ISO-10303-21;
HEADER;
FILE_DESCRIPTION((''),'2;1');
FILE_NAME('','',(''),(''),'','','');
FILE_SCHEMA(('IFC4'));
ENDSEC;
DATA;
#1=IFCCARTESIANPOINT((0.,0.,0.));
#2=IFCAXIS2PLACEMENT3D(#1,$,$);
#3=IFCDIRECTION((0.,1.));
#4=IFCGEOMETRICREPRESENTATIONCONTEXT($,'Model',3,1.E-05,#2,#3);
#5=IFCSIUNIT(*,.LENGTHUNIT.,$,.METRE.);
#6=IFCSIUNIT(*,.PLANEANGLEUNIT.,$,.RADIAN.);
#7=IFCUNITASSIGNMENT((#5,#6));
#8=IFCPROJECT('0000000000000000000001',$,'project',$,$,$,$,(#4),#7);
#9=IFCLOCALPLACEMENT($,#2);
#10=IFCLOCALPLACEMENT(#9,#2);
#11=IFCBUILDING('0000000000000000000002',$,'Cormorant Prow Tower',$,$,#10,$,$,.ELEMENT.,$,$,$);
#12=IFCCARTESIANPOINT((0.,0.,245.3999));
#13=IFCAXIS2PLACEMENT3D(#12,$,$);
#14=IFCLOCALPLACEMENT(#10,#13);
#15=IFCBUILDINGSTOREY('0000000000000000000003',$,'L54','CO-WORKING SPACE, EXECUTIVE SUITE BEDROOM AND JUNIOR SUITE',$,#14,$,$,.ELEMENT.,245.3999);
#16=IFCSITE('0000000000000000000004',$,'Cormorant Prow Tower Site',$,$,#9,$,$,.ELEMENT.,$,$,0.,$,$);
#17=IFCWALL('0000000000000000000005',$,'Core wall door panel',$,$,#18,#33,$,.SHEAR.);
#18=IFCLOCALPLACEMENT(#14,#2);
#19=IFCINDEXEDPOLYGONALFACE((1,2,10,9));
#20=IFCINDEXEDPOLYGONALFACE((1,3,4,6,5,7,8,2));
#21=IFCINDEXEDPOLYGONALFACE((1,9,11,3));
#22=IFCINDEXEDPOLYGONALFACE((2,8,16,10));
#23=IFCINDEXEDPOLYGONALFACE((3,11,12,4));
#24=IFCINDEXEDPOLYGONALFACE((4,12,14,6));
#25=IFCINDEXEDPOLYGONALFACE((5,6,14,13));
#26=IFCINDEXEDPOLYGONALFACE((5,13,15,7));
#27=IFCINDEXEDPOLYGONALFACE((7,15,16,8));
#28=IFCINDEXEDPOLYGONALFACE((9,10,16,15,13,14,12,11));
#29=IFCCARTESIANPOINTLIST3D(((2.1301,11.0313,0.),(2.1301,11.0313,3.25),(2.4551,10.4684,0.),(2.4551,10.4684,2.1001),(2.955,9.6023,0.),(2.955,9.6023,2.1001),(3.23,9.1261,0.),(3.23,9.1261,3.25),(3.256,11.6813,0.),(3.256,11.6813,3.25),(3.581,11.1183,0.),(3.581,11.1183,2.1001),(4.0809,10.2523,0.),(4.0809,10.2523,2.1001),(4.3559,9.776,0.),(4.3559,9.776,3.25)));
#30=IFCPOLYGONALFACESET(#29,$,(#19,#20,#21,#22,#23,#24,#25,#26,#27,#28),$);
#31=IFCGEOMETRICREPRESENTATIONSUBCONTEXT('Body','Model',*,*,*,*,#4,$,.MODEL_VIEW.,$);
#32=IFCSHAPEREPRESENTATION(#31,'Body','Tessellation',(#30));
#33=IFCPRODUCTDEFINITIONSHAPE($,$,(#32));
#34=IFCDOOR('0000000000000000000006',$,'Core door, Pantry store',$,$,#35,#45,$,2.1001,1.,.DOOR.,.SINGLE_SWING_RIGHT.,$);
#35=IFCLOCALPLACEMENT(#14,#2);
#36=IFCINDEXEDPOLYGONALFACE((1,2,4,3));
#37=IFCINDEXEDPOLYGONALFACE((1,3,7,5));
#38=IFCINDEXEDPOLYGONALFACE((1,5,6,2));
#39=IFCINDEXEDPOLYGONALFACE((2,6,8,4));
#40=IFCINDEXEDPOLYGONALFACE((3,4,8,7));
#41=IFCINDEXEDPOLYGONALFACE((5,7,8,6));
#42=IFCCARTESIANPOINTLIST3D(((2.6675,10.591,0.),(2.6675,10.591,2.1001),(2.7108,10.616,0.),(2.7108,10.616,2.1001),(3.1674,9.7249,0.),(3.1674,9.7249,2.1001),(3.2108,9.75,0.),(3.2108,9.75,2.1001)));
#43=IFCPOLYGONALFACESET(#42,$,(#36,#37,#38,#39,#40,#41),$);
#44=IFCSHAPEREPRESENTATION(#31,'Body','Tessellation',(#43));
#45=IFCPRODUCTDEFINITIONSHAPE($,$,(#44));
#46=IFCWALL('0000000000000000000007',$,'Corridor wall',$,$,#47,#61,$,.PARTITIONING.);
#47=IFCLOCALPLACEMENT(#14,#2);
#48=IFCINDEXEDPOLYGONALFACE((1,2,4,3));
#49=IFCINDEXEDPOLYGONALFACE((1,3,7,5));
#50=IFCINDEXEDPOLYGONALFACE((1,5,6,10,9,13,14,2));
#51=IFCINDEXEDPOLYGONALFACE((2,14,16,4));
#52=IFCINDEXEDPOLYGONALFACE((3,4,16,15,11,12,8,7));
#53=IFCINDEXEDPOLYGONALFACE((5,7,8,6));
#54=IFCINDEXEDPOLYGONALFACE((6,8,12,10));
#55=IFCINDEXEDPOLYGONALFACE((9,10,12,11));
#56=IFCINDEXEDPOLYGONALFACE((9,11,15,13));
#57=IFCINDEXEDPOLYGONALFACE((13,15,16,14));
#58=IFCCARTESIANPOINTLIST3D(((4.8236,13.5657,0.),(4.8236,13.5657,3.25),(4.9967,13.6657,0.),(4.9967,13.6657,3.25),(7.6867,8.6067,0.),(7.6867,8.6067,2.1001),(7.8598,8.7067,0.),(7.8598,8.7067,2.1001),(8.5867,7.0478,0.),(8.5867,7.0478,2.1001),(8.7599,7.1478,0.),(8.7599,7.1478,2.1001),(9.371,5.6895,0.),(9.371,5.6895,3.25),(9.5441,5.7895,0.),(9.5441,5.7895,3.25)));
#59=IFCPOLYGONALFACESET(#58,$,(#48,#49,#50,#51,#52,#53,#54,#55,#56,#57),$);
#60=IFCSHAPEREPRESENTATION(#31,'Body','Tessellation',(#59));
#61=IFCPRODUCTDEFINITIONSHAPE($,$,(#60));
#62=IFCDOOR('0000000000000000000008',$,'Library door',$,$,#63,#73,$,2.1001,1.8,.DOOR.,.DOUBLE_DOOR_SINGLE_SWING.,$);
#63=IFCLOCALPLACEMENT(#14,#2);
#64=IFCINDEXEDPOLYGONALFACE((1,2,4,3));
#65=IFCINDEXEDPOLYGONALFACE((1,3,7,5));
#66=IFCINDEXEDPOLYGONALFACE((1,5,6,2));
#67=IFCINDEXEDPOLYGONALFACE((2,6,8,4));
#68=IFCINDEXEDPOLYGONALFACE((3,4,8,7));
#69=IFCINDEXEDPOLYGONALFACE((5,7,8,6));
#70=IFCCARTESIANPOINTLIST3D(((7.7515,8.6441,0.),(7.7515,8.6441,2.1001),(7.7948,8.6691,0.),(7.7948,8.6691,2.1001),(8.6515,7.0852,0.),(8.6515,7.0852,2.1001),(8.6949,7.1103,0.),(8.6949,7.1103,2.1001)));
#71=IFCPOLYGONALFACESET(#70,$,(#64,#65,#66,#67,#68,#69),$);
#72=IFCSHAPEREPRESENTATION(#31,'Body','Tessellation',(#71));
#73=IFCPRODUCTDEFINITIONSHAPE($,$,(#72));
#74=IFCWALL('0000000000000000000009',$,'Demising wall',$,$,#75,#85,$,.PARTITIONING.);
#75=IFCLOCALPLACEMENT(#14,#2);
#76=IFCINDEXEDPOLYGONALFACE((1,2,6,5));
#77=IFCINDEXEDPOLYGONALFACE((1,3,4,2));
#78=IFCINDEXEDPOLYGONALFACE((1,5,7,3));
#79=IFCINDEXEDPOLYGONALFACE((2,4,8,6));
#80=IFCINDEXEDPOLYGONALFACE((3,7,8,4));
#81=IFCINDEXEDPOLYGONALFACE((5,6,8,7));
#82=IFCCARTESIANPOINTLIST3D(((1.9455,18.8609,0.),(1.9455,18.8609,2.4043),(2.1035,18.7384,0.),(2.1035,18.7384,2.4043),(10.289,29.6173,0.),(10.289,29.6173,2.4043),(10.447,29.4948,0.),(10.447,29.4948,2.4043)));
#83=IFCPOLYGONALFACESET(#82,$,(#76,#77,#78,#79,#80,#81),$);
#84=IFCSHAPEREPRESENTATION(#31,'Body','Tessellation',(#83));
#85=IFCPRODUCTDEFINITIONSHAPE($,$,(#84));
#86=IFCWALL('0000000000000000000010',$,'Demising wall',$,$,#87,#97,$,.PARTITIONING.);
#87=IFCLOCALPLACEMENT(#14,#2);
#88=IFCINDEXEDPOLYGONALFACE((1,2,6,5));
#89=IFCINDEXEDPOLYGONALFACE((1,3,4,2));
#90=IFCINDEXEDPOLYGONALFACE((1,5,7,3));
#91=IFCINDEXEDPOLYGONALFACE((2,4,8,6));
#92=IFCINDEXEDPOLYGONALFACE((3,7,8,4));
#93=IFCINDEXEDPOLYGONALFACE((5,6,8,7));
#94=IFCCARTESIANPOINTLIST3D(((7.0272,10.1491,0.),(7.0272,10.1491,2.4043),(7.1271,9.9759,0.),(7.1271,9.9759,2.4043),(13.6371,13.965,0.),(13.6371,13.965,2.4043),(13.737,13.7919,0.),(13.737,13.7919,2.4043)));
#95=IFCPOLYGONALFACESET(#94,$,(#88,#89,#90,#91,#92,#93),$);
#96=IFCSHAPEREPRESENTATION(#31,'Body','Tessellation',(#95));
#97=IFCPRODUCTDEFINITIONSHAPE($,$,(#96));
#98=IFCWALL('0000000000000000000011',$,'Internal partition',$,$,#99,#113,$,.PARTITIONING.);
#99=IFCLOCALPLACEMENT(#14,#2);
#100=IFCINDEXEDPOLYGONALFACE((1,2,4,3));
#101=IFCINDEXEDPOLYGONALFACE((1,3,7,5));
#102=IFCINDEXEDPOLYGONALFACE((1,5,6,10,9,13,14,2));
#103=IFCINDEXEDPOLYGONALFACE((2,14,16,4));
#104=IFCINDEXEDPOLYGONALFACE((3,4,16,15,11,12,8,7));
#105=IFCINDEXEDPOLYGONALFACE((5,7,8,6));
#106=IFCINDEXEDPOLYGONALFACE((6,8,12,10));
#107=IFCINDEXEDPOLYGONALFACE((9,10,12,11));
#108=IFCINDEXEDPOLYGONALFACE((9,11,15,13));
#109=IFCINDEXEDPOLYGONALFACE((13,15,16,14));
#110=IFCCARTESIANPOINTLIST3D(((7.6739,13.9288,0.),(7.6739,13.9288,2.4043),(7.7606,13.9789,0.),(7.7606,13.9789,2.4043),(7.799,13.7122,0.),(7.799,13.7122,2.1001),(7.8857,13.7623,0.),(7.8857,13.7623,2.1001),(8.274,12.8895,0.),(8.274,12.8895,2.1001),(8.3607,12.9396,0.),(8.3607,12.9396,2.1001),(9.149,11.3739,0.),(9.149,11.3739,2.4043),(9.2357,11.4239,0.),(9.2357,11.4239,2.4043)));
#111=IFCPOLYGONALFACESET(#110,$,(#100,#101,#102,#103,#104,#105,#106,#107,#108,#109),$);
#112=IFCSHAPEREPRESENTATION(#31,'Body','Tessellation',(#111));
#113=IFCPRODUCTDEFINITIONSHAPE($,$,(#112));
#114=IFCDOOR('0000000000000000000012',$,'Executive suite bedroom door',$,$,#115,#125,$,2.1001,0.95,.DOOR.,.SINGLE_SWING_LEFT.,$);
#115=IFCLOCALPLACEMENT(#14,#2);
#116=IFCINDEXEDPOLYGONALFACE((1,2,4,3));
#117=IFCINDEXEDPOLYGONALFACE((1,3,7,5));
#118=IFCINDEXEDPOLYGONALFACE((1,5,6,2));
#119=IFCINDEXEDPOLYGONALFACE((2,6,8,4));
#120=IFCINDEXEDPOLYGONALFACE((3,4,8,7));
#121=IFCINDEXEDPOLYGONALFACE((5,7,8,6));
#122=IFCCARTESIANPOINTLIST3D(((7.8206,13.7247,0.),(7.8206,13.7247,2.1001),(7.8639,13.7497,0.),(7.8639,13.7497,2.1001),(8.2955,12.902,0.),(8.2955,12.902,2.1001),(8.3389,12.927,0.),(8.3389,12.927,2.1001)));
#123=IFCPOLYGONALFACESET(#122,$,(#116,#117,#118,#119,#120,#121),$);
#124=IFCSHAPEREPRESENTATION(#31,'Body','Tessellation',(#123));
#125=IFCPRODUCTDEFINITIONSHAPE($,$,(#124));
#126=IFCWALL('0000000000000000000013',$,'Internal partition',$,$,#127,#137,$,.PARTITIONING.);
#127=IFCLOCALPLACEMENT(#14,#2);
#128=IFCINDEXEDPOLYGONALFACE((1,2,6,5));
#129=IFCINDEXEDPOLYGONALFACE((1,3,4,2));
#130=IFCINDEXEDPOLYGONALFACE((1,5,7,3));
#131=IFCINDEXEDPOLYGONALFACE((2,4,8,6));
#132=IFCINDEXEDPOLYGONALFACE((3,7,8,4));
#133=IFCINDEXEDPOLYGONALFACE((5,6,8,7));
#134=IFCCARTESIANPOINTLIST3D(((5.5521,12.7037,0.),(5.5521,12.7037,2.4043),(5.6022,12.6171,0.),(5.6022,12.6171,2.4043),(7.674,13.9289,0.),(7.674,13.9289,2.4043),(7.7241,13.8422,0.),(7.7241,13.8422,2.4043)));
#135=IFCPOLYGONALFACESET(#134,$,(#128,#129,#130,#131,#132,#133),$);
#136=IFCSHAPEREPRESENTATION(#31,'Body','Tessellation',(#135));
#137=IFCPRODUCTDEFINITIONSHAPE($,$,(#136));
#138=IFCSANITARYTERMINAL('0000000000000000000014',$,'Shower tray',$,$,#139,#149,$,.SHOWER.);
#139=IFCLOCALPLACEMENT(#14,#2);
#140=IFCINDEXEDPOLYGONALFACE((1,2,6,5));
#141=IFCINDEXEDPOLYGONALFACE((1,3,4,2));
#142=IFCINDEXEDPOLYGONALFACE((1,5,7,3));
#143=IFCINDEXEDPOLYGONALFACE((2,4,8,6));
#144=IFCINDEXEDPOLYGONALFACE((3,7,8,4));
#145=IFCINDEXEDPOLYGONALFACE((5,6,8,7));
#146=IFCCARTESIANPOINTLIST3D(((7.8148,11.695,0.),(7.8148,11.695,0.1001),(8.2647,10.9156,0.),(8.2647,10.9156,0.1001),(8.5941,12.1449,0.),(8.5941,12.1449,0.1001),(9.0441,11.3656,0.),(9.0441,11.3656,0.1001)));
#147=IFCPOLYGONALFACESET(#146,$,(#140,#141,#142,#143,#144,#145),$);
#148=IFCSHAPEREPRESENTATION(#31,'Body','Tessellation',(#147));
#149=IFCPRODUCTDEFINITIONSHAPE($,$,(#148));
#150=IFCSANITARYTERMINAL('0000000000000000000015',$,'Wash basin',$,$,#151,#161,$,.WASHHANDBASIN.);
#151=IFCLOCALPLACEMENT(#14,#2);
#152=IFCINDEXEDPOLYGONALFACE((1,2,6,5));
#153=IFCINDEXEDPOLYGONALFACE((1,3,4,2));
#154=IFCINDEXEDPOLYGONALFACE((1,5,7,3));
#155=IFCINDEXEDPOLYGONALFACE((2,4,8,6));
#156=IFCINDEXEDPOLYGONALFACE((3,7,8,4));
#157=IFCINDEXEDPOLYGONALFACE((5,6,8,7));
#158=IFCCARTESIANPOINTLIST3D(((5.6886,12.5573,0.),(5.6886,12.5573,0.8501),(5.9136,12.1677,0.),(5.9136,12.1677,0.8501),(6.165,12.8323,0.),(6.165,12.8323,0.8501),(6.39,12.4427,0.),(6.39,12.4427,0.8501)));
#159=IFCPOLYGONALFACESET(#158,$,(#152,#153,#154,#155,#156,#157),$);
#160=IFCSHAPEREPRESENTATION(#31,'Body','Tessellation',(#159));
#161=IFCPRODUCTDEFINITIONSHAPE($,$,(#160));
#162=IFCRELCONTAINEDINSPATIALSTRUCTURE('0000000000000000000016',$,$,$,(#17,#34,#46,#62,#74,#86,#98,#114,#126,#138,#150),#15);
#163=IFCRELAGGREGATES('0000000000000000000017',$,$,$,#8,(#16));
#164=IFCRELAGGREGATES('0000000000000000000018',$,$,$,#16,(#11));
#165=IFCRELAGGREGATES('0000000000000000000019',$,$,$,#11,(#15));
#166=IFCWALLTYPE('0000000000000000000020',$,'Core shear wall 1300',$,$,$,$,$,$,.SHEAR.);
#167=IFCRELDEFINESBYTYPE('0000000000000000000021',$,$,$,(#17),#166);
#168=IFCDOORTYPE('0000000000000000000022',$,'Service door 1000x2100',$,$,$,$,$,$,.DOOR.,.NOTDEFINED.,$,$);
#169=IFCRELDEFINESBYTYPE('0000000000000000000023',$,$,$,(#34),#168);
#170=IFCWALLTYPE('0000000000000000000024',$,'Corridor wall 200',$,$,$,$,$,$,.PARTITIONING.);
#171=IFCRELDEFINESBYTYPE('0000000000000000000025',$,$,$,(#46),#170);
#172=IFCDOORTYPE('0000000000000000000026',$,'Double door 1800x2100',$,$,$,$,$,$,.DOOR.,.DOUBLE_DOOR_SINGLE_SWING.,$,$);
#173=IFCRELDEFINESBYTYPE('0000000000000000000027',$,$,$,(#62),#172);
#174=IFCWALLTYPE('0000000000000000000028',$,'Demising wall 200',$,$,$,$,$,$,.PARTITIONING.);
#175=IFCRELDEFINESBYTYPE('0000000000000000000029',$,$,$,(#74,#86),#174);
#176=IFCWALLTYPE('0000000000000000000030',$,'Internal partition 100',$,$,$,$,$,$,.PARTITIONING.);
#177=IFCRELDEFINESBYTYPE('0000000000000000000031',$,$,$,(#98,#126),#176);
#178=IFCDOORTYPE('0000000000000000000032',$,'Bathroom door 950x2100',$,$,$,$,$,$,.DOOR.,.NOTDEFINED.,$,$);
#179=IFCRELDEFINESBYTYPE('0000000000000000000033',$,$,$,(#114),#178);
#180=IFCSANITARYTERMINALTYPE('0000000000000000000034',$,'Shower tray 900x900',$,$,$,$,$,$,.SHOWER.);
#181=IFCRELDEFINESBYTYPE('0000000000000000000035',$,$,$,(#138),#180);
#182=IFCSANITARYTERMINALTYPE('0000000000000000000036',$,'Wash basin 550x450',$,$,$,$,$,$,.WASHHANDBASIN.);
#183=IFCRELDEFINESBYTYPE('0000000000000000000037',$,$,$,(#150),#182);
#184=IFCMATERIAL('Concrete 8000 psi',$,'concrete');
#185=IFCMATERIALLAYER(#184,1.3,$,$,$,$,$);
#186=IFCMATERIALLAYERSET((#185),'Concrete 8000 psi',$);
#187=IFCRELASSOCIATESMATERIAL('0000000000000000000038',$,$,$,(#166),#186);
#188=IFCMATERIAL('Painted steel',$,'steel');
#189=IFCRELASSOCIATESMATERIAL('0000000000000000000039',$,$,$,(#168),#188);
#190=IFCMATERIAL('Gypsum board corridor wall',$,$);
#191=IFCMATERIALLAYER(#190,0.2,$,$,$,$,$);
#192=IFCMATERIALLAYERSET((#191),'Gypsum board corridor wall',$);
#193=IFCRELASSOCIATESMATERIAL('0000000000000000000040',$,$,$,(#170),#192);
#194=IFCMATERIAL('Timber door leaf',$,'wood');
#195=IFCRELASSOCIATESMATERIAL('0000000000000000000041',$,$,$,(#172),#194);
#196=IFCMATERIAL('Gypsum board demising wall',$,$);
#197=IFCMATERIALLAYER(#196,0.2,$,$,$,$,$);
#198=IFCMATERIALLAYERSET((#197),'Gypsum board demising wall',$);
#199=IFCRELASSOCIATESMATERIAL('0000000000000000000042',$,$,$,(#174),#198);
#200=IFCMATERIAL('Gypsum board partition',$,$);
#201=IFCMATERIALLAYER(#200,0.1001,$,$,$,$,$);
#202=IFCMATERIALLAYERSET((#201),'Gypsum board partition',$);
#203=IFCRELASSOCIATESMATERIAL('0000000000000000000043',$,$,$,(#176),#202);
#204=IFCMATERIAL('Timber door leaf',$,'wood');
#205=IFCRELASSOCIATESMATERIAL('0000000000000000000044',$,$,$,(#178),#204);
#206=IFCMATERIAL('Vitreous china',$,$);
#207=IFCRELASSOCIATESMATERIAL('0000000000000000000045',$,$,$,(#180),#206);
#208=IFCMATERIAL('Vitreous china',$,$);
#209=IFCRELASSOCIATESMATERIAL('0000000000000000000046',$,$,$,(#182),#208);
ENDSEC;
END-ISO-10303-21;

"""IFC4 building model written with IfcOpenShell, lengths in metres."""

from ifc_helpers import new_model, si_unit, direction, frame, frame_2d, origin, origin_2d, place, context, subcontext, project, spatial, rectangle, extrude, material, layer, layer_set, type_object, element, fill, save


model = new_model("IFC4")

# Units and contexts
model_context = context("Model", 3, precision=1e-05, world=origin(), true_north=direction((0.0, 1.0)))
body_context = subcontext(model_context, "Body", "Model", "MODEL_VIEW")
ifc_project = project(units=[si_unit("LENGTHUNIT", "METRE"), si_unit("PLANEANGLEUNIT", "RADIAN")], contexts=[model_context])

# Site, building, storey
site_placement = place(None, origin())
site = spatial("IfcSite", under=ifc_project, at=site_placement, Name="Cormorant Prow Tower Site", CompositionType="ELEMENT", RefElevation=0.0)
building_placement = place(site_placement, origin())
building = spatial("IfcBuilding", under=site, at=building_placement, Name="Cormorant Prow Tower", CompositionType="ELEMENT")
storey_placement = place(building_placement, frame((0.0, 0.0, 245.3999)))
storey = spatial("IfcBuildingStorey", under=building, at=storey_placement, Name="L54", Description="CO-WORKING SPACE, EXECUTIVE SUITE BEDROOM AND JUNIOR SUITE", CompositionType="ELEMENT", Elevation=245.3999)

# Shared definitions
ifc_material_1 = material(Name="Concrete 8000 psi", Category="concrete")
ifc_layer_1 = layer(ifc_material_1, 1.3)
ifc_layer_set_1 = layer_set([ifc_layer_1], Name="Concrete 8000 psi")
wall_type_1 = type_object("IfcWallType", Name="Core shear wall 1300", PredefinedType="SHEAR", material=ifc_layer_set_1)

# Walls, openings, doors
wall_1_placement = place(storey_placement, frame((3.793, 9.4509, 0.0), z_axis=(0.0, 0.0, 1.0), x_axis=(-0.499947, 0.866056, 0.0)))
wall_1 = element("IfcWall", 1, at=wall_1_placement, inside=storey, type_object=wall_type_1, Name="Core wall door panel", PredefinedType="SHEAR", context=body_context, shape_type="SweptSolid", body=[
    extrude(rectangle(XDim=2.2, YDim=1.3, at=frame_2d((1.1001, 0.0))), origin(), (0.0, 0.0, 1.0), 3.25),
])
opening_1_placement = place(wall_1_placement, frame((0.55, 0.0, 0.0)))
opening_1 = element("IfcOpeningElement", 2, at=opening_1_placement, cuts=wall_1, PredefinedType="OPENING", context=body_context, shape_type="SweptSolid", body=[
    extrude(rectangle(XDim=1.0, YDim=2.1001, at=frame_2d((0.5, 1.05))), frame((0.0, 0.6599, 0.0), z_axis=(0.0, -1.0, 0.0), x_axis=(1.0, 0.0, 0.0)), (0.0, 0.0, 1.0), 1.3201),
])
ifc_material_2 = material(Name="Painted steel", Category="steel")
door_type_1 = type_object("IfcDoorType", Name="Service door 1000x2100", OperationType="NOTDEFINED", PredefinedType="DOOR", material=ifc_material_2)
door_1_placement = place(opening_1_placement, origin())
door_1 = element("IfcDoor", 3, at=door_1_placement, inside=storey, type_object=door_type_1, Name="Core door, Pantry store", OperationType="SINGLE_SWING_RIGHT", OverallHeight=2.1001, OverallWidth=1.0, PredefinedType="DOOR", context=body_context, shape_type="SweptSolid", body=[
    extrude(rectangle(XDim=1.0, YDim=2.1001, at=frame_2d((0.5, 1.05))), frame((0.0, 0.4048, 0.0), z_axis=(0.0, -1.0, 0.0), x_axis=(1.0, 0.0, 0.0)), (0.0, 0.0, 1.0), 0.05),
])
fill(opening_1, door_1)
ifc_material_3 = material(Name="Gypsum board corridor wall")
ifc_layer_2 = layer(ifc_material_3, 0.2)
ifc_layer_set_2 = layer_set([ifc_layer_2], Name="Gypsum board corridor wall")
wall_type_2 = type_object("IfcWallType", Name="Corridor wall 200", PredefinedType="PARTITIONING", material=ifc_layer_set_2)
wall_2_placement = place(storey_placement, frame((4.9102, 13.6157, 0.0), z_axis=(0.0, 0.0, 1.0), x_axis=(0.500002, -0.866024, 0.0)))
wall_2 = element("IfcWall", 4, at=wall_2_placement, inside=storey, type_object=wall_type_2, Name="Corridor wall", PredefinedType="PARTITIONING", context=body_context, shape_type="SweptSolid", body=[
    extrude(rectangle(XDim=9.0947, YDim=0.2, at=frame_2d((4.5474, 0.0))), origin(), (0.0, 0.0, 1.0), 3.25),
])
opening_2_placement = place(wall_2_placement, frame((5.7263, 0.0, 0.0)))
opening_2 = element("IfcOpeningElement", 5, at=opening_2_placement, cuts=wall_2, PredefinedType="OPENING", context=body_context, shape_type="SweptSolid", body=[
    extrude(rectangle(XDim=1.8, YDim=2.1001, at=frame_2d((0.8999, 1.05))), frame((0.0, 0.1099, 0.0), z_axis=(0.0, -1.0, 0.0), x_axis=(1.0, 0.0, 0.0)), (0.0, 0.0, 1.0), 0.22),
])
ifc_material_4 = material(Name="Timber door leaf", Category="wood")
door_type_2 = type_object("IfcDoorType", Name="Double door 1800x2100", OperationType="DOUBLE_DOOR_SINGLE_SWING", PredefinedType="DOOR", material=ifc_material_4)
door_2_placement = place(opening_2_placement, origin())
door_2 = element("IfcDoor", 6, at=door_2_placement, inside=storey, type_object=door_type_2, Name="Library door", OperationType="DOUBLE_DOOR_SINGLE_SWING", OverallHeight=2.1001, OverallWidth=1.8, PredefinedType="DOOR", context=body_context, shape_type="SweptSolid", body=[
    extrude(rectangle(XDim=1.8, YDim=2.1001, at=frame_2d((0.8999, 1.05))), frame((0.0, 0.0249, 0.0), z_axis=(0.0, -1.0, 0.0), x_axis=(1.0, 0.0, 0.0)), (0.0, 0.0, 1.0), 0.05),
])
fill(opening_2, door_2)

# Walls
ifc_material_5 = material(Name="Gypsum board demising wall")
ifc_layer_3 = layer(ifc_material_5, 0.2)
ifc_layer_set_3 = layer_set([ifc_layer_3], Name="Gypsum board demising wall")
wall_type_3 = type_object("IfcWallType", Name="Demising wall 200", PredefinedType="PARTITIONING", material=ifc_layer_set_3)
wall_3_placement = place(storey_placement, frame((2.0244, 18.7996, 0.0), z_axis=(0.0, 0.0, 1.0), x_axis=(0.612908, 0.790154, 0.0)))
element("IfcWall", 7, at=wall_3_placement, inside=storey, type_object=wall_type_3, Name="Demising wall", PredefinedType="PARTITIONING", context=body_context, shape_type="SweptSolid", body=[
    extrude(rectangle(XDim=13.613, YDim=0.2, at=frame_2d((6.8066, 0.0))), origin(), (0.0, 0.0, 1.0), 2.4043),
])
wall_4_placement = place(storey_placement, frame((7.0771, 10.0625, 0.0), z_axis=(0.0, 0.0, 1.0), x_axis=(0.866042, 0.499972, 0.0)))
element("IfcWall", 8, at=wall_4_placement, inside=storey, type_object=wall_type_3, Name="Demising wall", PredefinedType="PARTITIONING", context=body_context, shape_type="SweptSolid", body=[
    extrude(rectangle(XDim=7.6323, YDim=0.2, at=frame_2d((3.8162, 0.0))), origin(), (0.0, 0.0, 1.0), 2.4043),
])

# Wall, opening, door
ifc_material_6 = material(Name="Gypsum board partition")
ifc_layer_4 = layer(ifc_material_6, 0.1001)
ifc_layer_set_4 = layer_set([ifc_layer_4], Name="Gypsum board partition")
wall_type_4 = type_object("IfcWallType", Name="Internal partition 100", PredefinedType="PARTITIONING", material=ifc_layer_set_4)
wall_5_placement = place(storey_placement, frame((7.7173, 13.9539, 0.0), z_axis=(0.0, 0.0, 1.0), x_axis=(0.500002, -0.866024, 0.0)))
wall_5 = element("IfcWall", 9, at=wall_5_placement, inside=storey, type_object=wall_type_4, Name="Internal partition", PredefinedType="PARTITIONING", context=body_context, shape_type="SweptSolid", body=[
    extrude(rectangle(XDim=2.9502, YDim=0.1001, at=frame_2d((1.4751, 0.0))), origin(), (0.0, 0.0, 1.0), 2.4043),
])
opening_3_placement = place(wall_5_placement, frame((0.25, 0.0, 0.0)))
opening_3 = element("IfcOpeningElement", 10, at=opening_3_placement, cuts=wall_5, PredefinedType="OPENING", context=body_context, shape_type="SweptSolid", body=[
    extrude(rectangle(XDim=0.95, YDim=2.1001, at=frame_2d((0.4751, 1.05))), frame((0.0, 0.0601, 0.0), z_axis=(0.0, -1.0, 0.0), x_axis=(1.0, 0.0, 0.0)), (0.0, 0.0, 1.0), 0.1201),
])
ifc_material_7 = material(Name="Timber door leaf", Category="wood")
door_type_3 = type_object("IfcDoorType", Name="Bathroom door 950x2100", OperationType="NOTDEFINED", PredefinedType="DOOR", material=ifc_material_7)
door_3_placement = place(opening_3_placement, origin())
door_3 = element("IfcDoor", 11, at=door_3_placement, inside=storey, type_object=door_type_3, Name="Executive suite bedroom door", OperationType="SINGLE_SWING_LEFT", OverallHeight=2.1001, OverallWidth=0.95, PredefinedType="DOOR", context=body_context, shape_type="SweptSolid", body=[
    extrude(rectangle(XDim=0.95, YDim=2.1001, at=frame_2d((0.4751, 1.05))), frame((0.0, 0.0249, 0.0), z_axis=(0.0, -1.0, 0.0), x_axis=(1.0, 0.0, 0.0)), (0.0, 0.0, 1.0), 0.05),
])
fill(opening_3, door_3)

# Wall
wall_6_placement = place(storey_placement, frame((5.5771, 12.6604, 0.0), z_axis=(0.0, 0.0, 1.0), x_axis=(0.866015, 0.500019, 0.0)))
element("IfcWall", 12, at=wall_6_placement, inside=storey, type_object=wall_type_4, Name="Internal partition", PredefinedType="PARTITIONING", context=body_context, shape_type="SweptSolid", body=[
    extrude(rectangle(XDim=2.4502, YDim=0.1001, at=frame_2d((1.2251, 0.0))), origin(), (0.0, 0.0, 1.0), 2.4043),
])

# Sanitary terminals
ifc_material_8 = material(Name="Vitreous china")
sanitary_terminal_type_1 = type_object("IfcSanitaryTerminalType", Name="Shower tray 900x900", PredefinedType="SHOWER", material=ifc_material_8)
sanitary_terminal_1_placement = place(storey_placement, frame((8.4294, 11.5303, 0.0), z_axis=(0.0, 0.0, 1.0), x_axis=(-0.866025, -0.5, 0.0)))
element("IfcSanitaryTerminal", 13, at=sanitary_terminal_1_placement, inside=storey, type_object=sanitary_terminal_type_1, Name="Shower tray", PredefinedType="SHOWER", context=body_context, shape_type="SweptSolid", body=[
    extrude(rectangle(XDim=0.8999, YDim=0.8999, at=origin_2d()), origin(), (0.0, 0.0, 1.0), 0.1001),
])
ifc_material_9 = material(Name="Vitreous china")
sanitary_terminal_type_2 = type_object("IfcSanitaryTerminalType", Name="Wash basin 550x450", PredefinedType="WASHHANDBASIN", material=ifc_material_9)
sanitary_terminal_2_placement = place(storey_placement, frame((6.0393, 12.5, 0.0), z_axis=(0.0, 0.0, 1.0), x_axis=(0.866025, 0.5, 0.0)))
element("IfcSanitaryTerminal", 14, at=sanitary_terminal_2_placement, inside=storey, type_object=sanitary_terminal_type_2, Name="Wash basin", PredefinedType="WASHHANDBASIN", context=body_context, shape_type="SweptSolid", body=[
    extrude(rectangle(XDim=0.55, YDim=0.45, at=origin_2d()), origin(), (0.0, 0.0, 1.0), 0.8501),
])

save(model, "model.ifc")
